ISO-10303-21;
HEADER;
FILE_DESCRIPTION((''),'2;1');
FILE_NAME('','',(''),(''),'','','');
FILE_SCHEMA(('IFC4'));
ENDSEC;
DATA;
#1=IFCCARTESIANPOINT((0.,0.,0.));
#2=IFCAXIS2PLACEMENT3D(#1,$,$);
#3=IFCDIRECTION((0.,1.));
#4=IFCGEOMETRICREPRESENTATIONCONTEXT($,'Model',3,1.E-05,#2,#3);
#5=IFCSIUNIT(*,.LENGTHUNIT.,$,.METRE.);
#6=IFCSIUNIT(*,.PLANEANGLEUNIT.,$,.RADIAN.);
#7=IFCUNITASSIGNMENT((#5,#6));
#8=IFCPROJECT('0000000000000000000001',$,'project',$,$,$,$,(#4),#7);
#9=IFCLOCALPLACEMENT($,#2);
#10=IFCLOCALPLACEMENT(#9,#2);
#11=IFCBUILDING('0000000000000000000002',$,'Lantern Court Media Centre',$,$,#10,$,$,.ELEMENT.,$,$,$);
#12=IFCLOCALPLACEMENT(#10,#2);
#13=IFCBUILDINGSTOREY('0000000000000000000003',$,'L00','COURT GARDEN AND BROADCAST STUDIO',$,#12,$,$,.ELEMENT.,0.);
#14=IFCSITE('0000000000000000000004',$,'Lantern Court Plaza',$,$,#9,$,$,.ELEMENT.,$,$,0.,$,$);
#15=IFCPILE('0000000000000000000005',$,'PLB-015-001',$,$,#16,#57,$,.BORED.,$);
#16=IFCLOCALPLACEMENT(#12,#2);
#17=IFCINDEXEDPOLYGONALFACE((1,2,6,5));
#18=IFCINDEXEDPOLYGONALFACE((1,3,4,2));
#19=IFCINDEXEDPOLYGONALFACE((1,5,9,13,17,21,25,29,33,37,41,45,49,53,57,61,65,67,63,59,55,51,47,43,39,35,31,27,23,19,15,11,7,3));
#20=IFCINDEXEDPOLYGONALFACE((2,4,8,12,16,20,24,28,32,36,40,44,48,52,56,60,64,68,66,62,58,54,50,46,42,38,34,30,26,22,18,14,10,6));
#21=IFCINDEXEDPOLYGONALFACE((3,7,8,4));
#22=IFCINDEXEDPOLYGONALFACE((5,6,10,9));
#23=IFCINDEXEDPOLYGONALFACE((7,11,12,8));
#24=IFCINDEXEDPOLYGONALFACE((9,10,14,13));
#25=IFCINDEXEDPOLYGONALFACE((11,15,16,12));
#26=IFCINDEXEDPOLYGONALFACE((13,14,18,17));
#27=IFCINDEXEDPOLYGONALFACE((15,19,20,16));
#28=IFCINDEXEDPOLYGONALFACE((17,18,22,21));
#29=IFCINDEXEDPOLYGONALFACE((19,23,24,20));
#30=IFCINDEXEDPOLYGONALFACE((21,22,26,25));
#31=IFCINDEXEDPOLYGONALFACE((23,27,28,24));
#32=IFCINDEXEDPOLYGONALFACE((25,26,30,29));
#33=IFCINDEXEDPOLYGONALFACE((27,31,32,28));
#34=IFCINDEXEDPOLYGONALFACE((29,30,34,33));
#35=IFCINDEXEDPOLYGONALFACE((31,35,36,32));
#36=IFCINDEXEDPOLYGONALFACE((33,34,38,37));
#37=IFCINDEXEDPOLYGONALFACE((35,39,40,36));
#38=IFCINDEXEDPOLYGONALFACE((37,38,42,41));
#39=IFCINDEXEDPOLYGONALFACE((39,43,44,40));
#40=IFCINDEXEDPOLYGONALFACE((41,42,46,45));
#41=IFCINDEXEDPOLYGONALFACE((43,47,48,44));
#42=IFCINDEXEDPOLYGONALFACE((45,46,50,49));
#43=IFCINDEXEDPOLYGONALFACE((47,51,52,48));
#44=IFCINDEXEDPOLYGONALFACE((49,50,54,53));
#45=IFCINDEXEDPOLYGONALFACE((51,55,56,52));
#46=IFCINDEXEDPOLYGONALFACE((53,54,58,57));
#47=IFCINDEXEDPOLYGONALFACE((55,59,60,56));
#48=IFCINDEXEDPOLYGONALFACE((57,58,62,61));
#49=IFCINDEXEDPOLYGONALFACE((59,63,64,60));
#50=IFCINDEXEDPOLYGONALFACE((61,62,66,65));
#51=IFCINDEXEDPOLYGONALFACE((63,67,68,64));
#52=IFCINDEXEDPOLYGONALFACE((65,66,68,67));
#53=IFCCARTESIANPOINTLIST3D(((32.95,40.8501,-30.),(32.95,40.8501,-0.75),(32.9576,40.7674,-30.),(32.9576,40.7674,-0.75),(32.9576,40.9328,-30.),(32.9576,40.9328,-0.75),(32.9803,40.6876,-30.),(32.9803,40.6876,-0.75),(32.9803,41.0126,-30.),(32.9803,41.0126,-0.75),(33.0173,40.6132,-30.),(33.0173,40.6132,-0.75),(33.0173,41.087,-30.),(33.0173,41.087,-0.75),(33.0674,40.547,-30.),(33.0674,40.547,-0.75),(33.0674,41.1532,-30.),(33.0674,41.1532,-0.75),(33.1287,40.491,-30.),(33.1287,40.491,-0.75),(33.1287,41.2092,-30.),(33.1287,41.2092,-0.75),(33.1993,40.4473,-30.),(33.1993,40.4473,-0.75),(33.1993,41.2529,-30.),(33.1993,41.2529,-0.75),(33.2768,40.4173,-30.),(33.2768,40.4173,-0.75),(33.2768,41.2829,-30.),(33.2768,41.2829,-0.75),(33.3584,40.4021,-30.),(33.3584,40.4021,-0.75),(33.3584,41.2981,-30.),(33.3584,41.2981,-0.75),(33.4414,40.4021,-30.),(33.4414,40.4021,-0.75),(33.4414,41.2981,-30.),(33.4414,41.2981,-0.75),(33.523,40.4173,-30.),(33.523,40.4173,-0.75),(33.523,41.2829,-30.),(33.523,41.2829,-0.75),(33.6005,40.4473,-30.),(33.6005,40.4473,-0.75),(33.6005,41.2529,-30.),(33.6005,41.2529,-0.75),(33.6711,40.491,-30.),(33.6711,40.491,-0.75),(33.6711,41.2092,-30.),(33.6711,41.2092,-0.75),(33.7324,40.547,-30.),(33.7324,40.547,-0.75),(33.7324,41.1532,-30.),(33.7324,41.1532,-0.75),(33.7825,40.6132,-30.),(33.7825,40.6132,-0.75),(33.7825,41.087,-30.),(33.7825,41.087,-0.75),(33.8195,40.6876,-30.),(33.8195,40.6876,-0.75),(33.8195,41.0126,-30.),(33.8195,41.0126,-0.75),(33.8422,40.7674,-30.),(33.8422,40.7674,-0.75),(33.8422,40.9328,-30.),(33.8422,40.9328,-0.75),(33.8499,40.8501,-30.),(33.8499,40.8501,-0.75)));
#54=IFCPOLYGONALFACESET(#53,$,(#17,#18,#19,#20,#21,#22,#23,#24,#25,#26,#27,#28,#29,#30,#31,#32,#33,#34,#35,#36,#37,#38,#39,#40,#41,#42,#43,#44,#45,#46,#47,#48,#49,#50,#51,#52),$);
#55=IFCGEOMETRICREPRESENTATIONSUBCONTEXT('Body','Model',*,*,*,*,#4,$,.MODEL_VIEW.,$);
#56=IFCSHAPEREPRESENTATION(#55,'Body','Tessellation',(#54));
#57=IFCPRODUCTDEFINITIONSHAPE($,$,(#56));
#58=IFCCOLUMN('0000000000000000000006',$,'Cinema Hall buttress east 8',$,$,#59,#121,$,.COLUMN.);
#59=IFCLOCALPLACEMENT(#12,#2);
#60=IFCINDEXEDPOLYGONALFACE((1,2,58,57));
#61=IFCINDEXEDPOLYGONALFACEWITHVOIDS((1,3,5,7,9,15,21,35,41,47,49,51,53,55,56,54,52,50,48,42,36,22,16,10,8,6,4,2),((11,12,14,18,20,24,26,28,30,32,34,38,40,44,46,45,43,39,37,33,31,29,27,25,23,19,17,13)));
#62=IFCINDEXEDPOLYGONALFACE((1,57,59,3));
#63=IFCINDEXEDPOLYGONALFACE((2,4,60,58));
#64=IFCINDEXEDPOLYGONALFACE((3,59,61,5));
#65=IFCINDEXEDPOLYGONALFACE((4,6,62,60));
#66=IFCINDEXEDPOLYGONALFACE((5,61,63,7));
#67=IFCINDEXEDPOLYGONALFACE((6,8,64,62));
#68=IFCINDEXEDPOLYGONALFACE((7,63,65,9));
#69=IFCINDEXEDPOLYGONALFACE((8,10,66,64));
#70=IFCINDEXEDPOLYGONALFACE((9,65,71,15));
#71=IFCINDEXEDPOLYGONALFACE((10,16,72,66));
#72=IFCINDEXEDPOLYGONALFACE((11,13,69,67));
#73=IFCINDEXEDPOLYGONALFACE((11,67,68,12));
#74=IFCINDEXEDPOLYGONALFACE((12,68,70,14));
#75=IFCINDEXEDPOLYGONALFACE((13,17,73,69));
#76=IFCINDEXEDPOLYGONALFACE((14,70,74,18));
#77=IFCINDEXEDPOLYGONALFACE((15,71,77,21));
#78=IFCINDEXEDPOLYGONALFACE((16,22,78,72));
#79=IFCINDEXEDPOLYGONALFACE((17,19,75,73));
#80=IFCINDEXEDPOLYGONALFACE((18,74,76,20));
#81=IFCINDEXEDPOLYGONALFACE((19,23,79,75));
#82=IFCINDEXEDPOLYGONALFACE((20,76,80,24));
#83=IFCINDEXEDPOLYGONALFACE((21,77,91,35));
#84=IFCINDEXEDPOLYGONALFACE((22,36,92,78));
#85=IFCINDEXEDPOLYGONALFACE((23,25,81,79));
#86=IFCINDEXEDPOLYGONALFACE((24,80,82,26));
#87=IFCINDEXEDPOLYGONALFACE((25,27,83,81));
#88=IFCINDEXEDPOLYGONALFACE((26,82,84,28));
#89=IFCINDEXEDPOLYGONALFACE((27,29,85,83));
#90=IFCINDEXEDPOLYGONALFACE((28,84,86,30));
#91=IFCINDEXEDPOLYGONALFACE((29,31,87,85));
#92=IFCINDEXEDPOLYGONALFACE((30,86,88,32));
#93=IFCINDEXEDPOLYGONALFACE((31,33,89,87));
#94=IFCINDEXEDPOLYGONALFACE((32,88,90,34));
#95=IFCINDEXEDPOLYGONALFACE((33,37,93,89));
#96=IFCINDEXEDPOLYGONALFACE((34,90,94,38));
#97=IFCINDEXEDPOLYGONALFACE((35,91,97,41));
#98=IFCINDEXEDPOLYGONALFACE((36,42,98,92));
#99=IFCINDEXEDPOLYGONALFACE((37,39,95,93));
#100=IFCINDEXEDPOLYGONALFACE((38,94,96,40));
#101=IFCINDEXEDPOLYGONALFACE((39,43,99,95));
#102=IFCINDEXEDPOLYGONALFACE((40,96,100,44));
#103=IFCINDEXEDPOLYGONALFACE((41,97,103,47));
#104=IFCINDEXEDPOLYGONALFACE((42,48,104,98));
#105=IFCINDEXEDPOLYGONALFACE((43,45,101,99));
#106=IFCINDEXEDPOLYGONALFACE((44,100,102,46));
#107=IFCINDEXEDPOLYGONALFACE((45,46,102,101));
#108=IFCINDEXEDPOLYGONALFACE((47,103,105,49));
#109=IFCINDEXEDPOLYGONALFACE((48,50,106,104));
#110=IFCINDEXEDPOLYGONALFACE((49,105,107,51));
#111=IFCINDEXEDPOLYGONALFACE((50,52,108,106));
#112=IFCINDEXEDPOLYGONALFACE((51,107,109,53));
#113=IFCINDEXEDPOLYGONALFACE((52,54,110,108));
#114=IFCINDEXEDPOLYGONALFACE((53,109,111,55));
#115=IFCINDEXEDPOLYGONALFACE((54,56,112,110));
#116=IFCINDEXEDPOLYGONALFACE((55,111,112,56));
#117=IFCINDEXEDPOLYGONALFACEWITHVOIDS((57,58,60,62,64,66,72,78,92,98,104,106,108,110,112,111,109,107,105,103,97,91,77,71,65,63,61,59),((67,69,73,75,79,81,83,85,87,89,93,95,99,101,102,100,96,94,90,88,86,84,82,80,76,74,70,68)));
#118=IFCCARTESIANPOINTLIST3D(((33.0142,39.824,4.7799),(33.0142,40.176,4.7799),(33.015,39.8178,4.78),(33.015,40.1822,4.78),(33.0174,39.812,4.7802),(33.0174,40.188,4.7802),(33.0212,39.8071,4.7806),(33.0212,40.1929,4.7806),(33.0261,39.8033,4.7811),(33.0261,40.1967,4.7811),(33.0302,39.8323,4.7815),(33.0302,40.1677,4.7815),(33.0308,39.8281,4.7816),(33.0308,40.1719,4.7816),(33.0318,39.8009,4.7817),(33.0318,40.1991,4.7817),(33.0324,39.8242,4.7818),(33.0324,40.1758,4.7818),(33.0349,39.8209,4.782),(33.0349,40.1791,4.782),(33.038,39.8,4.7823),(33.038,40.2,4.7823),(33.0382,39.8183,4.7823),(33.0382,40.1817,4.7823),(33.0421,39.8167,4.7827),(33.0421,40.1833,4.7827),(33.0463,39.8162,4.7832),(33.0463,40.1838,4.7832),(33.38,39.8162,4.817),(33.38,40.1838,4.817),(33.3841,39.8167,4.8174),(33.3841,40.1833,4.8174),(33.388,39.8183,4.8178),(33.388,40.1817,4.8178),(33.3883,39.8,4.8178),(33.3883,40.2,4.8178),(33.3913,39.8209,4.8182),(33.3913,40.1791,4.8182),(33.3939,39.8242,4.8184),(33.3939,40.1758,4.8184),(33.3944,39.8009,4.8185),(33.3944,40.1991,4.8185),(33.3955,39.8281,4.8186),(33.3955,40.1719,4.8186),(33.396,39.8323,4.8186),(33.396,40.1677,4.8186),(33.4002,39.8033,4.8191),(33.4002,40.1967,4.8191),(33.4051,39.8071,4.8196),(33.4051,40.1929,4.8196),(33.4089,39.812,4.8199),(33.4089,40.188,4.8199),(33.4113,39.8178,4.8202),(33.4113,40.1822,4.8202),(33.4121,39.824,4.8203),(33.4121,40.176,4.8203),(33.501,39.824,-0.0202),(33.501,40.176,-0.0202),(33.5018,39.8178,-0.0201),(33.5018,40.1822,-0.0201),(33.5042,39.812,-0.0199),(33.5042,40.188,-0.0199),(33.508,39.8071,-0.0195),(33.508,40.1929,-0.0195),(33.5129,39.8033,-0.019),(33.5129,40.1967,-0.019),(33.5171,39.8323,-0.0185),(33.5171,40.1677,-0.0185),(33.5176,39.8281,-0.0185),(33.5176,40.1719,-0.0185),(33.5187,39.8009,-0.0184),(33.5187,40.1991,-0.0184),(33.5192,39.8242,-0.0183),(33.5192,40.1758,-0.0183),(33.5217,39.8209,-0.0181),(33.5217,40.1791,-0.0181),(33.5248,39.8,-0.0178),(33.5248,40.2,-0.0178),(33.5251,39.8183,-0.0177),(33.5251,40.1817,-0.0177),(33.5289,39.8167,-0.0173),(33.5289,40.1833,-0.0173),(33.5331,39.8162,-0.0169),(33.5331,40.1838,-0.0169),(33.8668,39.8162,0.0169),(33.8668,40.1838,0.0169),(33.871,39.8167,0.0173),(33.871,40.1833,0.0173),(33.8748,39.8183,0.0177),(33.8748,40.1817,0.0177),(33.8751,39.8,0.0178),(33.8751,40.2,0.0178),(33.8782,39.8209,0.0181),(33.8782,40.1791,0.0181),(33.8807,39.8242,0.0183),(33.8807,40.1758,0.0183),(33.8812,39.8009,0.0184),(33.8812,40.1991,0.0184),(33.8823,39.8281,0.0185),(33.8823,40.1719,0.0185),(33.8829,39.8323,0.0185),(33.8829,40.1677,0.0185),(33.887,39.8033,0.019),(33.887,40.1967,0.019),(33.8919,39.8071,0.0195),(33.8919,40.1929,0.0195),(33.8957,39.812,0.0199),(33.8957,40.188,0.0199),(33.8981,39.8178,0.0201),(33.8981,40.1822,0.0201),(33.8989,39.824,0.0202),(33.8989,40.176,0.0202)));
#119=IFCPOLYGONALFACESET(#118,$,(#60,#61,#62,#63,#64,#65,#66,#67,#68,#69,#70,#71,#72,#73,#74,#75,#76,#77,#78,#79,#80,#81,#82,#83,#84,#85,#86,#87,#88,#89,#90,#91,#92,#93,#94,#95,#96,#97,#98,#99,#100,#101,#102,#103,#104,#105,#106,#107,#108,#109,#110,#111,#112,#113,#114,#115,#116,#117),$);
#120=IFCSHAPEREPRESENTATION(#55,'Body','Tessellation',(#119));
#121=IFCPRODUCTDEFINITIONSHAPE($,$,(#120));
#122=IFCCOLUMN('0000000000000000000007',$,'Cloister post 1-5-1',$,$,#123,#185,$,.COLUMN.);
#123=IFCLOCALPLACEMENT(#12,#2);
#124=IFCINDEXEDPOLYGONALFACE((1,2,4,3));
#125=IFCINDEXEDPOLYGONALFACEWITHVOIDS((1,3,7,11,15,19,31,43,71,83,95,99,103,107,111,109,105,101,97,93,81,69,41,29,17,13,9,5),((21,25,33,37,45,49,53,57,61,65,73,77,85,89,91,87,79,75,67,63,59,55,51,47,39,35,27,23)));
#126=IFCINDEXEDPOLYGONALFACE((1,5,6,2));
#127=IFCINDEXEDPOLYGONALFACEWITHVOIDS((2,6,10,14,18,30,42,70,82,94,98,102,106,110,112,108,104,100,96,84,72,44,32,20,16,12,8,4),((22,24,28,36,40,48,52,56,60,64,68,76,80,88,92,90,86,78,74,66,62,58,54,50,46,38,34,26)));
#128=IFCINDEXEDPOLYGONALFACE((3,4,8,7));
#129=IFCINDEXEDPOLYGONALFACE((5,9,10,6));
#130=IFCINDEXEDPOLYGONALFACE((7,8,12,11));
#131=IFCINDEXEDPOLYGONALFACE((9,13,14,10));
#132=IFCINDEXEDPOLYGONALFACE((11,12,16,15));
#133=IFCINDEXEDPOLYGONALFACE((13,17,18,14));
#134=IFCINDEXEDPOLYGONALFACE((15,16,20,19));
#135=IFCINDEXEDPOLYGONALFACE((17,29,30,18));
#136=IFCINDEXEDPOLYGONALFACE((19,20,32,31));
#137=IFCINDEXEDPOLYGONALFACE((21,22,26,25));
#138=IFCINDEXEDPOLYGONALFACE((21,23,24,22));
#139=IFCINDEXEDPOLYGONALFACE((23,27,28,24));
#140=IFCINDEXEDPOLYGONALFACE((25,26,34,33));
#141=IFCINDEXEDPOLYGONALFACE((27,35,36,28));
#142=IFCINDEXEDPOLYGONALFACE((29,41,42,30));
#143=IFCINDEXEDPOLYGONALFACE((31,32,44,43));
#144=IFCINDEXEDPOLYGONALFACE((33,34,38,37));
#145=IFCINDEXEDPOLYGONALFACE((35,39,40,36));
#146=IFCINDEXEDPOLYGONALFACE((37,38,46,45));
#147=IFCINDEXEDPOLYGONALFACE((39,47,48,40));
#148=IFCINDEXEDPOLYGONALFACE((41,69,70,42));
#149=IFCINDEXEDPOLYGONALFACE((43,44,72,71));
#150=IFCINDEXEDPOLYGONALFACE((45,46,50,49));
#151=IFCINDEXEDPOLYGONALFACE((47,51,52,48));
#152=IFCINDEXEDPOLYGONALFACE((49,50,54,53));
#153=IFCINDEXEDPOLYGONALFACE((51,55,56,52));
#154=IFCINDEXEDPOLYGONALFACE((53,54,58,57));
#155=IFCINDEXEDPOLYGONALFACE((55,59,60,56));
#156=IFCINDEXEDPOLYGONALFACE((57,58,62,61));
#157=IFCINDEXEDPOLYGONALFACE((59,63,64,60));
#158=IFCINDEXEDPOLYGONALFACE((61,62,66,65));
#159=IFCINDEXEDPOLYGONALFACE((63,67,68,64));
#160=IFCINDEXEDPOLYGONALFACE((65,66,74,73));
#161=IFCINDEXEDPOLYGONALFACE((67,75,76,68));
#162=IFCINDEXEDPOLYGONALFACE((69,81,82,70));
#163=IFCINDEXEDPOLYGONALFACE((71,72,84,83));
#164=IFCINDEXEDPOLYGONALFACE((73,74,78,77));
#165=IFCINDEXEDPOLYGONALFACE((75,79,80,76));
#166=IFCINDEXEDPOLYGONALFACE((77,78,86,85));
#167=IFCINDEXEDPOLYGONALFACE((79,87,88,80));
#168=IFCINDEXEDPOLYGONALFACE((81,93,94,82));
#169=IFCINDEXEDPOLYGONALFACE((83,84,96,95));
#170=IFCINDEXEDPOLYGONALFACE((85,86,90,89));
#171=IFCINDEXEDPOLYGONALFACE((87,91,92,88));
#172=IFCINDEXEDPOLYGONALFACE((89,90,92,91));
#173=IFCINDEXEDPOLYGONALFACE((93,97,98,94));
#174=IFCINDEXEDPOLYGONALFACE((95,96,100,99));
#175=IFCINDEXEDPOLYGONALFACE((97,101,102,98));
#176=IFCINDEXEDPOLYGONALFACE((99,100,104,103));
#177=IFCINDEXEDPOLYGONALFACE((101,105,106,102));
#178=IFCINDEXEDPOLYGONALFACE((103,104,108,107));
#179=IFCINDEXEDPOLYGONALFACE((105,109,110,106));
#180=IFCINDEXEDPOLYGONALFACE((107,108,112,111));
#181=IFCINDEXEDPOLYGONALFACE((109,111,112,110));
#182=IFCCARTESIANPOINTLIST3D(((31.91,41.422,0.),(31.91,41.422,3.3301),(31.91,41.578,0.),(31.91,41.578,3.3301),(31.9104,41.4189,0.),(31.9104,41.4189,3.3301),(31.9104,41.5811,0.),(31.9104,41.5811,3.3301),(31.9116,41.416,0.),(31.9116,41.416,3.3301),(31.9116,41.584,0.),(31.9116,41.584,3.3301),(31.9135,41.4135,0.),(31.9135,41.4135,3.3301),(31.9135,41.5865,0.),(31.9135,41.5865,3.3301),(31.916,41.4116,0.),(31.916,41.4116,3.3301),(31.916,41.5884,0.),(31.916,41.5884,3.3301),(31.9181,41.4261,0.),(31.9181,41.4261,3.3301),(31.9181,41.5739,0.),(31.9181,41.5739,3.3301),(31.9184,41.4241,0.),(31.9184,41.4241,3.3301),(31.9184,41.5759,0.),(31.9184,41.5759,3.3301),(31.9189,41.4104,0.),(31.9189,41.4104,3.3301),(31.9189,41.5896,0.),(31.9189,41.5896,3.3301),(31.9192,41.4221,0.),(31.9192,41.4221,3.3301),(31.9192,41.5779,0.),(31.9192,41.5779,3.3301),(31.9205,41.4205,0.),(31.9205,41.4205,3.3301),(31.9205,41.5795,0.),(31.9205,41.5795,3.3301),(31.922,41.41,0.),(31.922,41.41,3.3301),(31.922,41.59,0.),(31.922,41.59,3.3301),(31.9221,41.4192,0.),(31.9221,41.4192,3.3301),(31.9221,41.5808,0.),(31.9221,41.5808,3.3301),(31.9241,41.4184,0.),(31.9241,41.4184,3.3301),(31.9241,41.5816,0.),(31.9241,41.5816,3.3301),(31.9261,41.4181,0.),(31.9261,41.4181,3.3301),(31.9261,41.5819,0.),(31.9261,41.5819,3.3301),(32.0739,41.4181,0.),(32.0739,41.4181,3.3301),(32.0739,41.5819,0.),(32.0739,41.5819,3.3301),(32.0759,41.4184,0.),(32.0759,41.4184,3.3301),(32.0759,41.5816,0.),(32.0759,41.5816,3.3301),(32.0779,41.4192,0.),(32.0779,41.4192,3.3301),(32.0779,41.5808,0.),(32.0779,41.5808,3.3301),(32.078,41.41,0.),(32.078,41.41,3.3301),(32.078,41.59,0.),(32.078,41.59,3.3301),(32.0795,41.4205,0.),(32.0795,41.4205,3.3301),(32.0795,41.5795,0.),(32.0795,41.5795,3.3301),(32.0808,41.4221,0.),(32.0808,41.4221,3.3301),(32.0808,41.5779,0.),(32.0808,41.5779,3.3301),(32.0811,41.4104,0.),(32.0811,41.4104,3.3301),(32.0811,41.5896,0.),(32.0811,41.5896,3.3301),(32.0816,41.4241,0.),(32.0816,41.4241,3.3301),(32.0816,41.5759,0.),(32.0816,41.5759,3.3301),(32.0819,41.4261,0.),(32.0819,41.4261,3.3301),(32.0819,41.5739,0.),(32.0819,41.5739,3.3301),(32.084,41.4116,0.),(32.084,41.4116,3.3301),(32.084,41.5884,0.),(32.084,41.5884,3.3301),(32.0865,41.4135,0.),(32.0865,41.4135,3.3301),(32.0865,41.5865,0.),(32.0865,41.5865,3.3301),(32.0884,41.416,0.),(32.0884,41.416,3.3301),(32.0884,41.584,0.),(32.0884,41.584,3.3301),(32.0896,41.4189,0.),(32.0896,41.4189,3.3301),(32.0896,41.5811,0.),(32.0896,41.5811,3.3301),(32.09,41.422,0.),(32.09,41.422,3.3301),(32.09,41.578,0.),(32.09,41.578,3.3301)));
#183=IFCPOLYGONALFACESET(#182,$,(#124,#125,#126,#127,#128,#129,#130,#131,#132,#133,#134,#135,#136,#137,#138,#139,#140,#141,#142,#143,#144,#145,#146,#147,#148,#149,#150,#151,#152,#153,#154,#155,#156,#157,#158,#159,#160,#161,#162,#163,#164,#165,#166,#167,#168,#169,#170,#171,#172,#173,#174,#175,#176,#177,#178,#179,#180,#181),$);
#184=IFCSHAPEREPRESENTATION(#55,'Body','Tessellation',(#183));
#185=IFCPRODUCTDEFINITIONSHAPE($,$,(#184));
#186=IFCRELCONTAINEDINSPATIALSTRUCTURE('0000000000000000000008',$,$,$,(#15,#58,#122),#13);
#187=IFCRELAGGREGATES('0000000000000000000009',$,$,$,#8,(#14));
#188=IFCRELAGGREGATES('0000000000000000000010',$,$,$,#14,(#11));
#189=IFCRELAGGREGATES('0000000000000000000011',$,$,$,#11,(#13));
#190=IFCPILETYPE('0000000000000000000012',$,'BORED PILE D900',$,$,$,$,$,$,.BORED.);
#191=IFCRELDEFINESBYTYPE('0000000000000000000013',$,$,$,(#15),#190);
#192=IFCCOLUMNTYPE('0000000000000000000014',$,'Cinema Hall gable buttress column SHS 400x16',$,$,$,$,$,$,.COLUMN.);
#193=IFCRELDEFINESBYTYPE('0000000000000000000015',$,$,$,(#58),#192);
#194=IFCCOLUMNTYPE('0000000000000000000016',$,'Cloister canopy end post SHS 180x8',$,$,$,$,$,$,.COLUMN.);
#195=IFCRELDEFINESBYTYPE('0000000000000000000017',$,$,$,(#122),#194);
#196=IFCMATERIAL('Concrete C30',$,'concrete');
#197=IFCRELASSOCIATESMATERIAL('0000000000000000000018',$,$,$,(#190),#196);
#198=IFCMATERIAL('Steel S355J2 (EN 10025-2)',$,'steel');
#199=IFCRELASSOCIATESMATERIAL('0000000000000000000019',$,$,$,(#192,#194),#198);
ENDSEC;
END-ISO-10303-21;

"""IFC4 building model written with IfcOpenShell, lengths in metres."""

from ifc_helpers import new_model, si_unit, direction, frame, origin, origin_2d, place, context, subcontext, project, spatial, hollow_rectangle, circle, extrude, material, material_profile, profile_set, type_object, element, save


model = new_model("IFC4")

# Units and contexts
model_context = context("Model", 3, precision=1e-05, world=origin(), true_north=direction((0.0, 1.0)))
body_context = subcontext(model_context, "Body", "Model", "MODEL_VIEW")
ifc_project = project(units=[si_unit("LENGTHUNIT", "METRE"), si_unit("PLANEANGLEUNIT", "RADIAN")], contexts=[model_context])

# Site, building, storey
site_placement = place(None, origin())
site = spatial("IfcSite", under=ifc_project, at=site_placement, Name="Lantern Court Plaza", CompositionType="ELEMENT", RefElevation=0.0)
building_placement = place(site_placement, origin())
building = spatial("IfcBuilding", under=site, at=building_placement, Name="Lantern Court Media Centre", CompositionType="ELEMENT")
storey_placement = place(building_placement, origin())
storey = spatial("IfcBuildingStorey", under=building, at=storey_placement, Name="L00", Description="COURT GARDEN AND BROADCAST STUDIO", CompositionType="ELEMENT", Elevation=0.0)

# Pile
ifc_material_1 = material(Name="Concrete C30", Category="concrete")
ifc_material_profile_1 = material_profile(ifc_material_1, circle(Radius=0.45, at=origin_2d()), Name="D900")
ifc_profile_set_1 = profile_set([ifc_material_profile_1], Name="Concrete C30")
pile_type = type_object("IfcPileType", Name="BORED PILE D900", PredefinedType="BORED", material=ifc_profile_set_1)
pile_placement = place(storey_placement, frame((33.3999, 40.8501, -0.75), z_axis=(0.0, 0.0, -1.0), x_axis=(1.0, 0.0, 0.0)))
element("IfcPile", 1, at=pile_placement, inside=storey, type_object=pile_type, Name="PLB-015-001", PredefinedType="BORED", context=body_context, shape_type="SweptSolid", body=[
    extrude(circle(Radius=0.45, at=origin_2d()), origin(), (0.0, 0.0, 1.0), 29.25),
])

# Columns
ifc_material_2 = material(Name="Steel S355J2 (EN 10025-2)", Category="steel")
ifc_material_profile_2 = material_profile(ifc_material_2, hollow_rectangle(XDim=0.3999, YDim=0.3999, WallThickness=0.0161, InnerFilletRadius=0.0161, OuterFilletRadius=0.0239, at=origin_2d()), Name="Cinema Hall gable buttress column SHS 400x16")
ifc_profile_set_2 = profile_set([ifc_material_profile_2], Name="Steel S355J2 (EN 10025-2)")
column_type_1 = type_object("IfcColumnType", Name="Cinema Hall gable buttress column SHS 400x16", PredefinedType="COLUMN", material=ifc_profile_set_2)
column_1_placement = place(storey_placement, frame((33.7, 40.0, 0.0), z_axis=(-0.100901, 0.0, 0.994896), x_axis=(0.0, -1.0, 0.0)))
element("IfcColumn", 2, at=column_1_placement, inside=storey, type_object=column_type_1, Name="Cinema Hall buttress east 8", PredefinedType="COLUMN", context=body_context, shape_type="SweptSolid", body=[
    extrude(hollow_rectangle(XDim=0.3999, YDim=0.3999, WallThickness=0.0161, InnerFilletRadius=0.0161, OuterFilletRadius=0.0239, at=origin_2d()), origin(), (0.0, 0.0, 1.0), 4.8247),
])
ifc_material_profile_3 = material_profile(ifc_material_2, hollow_rectangle(XDim=0.1799, YDim=0.1799, WallThickness=0.0081, InnerFilletRadius=0.0081, OuterFilletRadius=0.012, at=origin_2d()), Name="Cloister canopy end post SHS 180x8")
ifc_profile_set_3 = profile_set([ifc_material_profile_3], Name="Steel S355J2 (EN 10025-2)")
column_type_2 = type_object("IfcColumnType", Name="Cloister canopy end post SHS 180x8", PredefinedType="COLUMN", material=ifc_profile_set_3)
for number, where, z_axis, x_axis, name in (
    (3, (32.0, 41.5, 0.0), (0.0, 0.0, 1.0), (1.0, 0.0, 0.0), "Cloister post 1-5-1"),
):
    element("IfcColumn", number, at=place(storey_placement, frame(where, z_axis=z_axis, x_axis=x_axis)), inside=storey, type_object=column_type_2, Name=name, PredefinedType="COLUMN", context=body_context, shape_type="SweptSolid", body=[
        extrude(hollow_rectangle(XDim=0.1799, YDim=0.1799, WallThickness=0.0081, InnerFilletRadius=0.0081, OuterFilletRadius=0.012, at=origin_2d()), origin(), (0.0, 0.0, 1.0), 3.3301),
    ])

save(model, "model.ifc")
